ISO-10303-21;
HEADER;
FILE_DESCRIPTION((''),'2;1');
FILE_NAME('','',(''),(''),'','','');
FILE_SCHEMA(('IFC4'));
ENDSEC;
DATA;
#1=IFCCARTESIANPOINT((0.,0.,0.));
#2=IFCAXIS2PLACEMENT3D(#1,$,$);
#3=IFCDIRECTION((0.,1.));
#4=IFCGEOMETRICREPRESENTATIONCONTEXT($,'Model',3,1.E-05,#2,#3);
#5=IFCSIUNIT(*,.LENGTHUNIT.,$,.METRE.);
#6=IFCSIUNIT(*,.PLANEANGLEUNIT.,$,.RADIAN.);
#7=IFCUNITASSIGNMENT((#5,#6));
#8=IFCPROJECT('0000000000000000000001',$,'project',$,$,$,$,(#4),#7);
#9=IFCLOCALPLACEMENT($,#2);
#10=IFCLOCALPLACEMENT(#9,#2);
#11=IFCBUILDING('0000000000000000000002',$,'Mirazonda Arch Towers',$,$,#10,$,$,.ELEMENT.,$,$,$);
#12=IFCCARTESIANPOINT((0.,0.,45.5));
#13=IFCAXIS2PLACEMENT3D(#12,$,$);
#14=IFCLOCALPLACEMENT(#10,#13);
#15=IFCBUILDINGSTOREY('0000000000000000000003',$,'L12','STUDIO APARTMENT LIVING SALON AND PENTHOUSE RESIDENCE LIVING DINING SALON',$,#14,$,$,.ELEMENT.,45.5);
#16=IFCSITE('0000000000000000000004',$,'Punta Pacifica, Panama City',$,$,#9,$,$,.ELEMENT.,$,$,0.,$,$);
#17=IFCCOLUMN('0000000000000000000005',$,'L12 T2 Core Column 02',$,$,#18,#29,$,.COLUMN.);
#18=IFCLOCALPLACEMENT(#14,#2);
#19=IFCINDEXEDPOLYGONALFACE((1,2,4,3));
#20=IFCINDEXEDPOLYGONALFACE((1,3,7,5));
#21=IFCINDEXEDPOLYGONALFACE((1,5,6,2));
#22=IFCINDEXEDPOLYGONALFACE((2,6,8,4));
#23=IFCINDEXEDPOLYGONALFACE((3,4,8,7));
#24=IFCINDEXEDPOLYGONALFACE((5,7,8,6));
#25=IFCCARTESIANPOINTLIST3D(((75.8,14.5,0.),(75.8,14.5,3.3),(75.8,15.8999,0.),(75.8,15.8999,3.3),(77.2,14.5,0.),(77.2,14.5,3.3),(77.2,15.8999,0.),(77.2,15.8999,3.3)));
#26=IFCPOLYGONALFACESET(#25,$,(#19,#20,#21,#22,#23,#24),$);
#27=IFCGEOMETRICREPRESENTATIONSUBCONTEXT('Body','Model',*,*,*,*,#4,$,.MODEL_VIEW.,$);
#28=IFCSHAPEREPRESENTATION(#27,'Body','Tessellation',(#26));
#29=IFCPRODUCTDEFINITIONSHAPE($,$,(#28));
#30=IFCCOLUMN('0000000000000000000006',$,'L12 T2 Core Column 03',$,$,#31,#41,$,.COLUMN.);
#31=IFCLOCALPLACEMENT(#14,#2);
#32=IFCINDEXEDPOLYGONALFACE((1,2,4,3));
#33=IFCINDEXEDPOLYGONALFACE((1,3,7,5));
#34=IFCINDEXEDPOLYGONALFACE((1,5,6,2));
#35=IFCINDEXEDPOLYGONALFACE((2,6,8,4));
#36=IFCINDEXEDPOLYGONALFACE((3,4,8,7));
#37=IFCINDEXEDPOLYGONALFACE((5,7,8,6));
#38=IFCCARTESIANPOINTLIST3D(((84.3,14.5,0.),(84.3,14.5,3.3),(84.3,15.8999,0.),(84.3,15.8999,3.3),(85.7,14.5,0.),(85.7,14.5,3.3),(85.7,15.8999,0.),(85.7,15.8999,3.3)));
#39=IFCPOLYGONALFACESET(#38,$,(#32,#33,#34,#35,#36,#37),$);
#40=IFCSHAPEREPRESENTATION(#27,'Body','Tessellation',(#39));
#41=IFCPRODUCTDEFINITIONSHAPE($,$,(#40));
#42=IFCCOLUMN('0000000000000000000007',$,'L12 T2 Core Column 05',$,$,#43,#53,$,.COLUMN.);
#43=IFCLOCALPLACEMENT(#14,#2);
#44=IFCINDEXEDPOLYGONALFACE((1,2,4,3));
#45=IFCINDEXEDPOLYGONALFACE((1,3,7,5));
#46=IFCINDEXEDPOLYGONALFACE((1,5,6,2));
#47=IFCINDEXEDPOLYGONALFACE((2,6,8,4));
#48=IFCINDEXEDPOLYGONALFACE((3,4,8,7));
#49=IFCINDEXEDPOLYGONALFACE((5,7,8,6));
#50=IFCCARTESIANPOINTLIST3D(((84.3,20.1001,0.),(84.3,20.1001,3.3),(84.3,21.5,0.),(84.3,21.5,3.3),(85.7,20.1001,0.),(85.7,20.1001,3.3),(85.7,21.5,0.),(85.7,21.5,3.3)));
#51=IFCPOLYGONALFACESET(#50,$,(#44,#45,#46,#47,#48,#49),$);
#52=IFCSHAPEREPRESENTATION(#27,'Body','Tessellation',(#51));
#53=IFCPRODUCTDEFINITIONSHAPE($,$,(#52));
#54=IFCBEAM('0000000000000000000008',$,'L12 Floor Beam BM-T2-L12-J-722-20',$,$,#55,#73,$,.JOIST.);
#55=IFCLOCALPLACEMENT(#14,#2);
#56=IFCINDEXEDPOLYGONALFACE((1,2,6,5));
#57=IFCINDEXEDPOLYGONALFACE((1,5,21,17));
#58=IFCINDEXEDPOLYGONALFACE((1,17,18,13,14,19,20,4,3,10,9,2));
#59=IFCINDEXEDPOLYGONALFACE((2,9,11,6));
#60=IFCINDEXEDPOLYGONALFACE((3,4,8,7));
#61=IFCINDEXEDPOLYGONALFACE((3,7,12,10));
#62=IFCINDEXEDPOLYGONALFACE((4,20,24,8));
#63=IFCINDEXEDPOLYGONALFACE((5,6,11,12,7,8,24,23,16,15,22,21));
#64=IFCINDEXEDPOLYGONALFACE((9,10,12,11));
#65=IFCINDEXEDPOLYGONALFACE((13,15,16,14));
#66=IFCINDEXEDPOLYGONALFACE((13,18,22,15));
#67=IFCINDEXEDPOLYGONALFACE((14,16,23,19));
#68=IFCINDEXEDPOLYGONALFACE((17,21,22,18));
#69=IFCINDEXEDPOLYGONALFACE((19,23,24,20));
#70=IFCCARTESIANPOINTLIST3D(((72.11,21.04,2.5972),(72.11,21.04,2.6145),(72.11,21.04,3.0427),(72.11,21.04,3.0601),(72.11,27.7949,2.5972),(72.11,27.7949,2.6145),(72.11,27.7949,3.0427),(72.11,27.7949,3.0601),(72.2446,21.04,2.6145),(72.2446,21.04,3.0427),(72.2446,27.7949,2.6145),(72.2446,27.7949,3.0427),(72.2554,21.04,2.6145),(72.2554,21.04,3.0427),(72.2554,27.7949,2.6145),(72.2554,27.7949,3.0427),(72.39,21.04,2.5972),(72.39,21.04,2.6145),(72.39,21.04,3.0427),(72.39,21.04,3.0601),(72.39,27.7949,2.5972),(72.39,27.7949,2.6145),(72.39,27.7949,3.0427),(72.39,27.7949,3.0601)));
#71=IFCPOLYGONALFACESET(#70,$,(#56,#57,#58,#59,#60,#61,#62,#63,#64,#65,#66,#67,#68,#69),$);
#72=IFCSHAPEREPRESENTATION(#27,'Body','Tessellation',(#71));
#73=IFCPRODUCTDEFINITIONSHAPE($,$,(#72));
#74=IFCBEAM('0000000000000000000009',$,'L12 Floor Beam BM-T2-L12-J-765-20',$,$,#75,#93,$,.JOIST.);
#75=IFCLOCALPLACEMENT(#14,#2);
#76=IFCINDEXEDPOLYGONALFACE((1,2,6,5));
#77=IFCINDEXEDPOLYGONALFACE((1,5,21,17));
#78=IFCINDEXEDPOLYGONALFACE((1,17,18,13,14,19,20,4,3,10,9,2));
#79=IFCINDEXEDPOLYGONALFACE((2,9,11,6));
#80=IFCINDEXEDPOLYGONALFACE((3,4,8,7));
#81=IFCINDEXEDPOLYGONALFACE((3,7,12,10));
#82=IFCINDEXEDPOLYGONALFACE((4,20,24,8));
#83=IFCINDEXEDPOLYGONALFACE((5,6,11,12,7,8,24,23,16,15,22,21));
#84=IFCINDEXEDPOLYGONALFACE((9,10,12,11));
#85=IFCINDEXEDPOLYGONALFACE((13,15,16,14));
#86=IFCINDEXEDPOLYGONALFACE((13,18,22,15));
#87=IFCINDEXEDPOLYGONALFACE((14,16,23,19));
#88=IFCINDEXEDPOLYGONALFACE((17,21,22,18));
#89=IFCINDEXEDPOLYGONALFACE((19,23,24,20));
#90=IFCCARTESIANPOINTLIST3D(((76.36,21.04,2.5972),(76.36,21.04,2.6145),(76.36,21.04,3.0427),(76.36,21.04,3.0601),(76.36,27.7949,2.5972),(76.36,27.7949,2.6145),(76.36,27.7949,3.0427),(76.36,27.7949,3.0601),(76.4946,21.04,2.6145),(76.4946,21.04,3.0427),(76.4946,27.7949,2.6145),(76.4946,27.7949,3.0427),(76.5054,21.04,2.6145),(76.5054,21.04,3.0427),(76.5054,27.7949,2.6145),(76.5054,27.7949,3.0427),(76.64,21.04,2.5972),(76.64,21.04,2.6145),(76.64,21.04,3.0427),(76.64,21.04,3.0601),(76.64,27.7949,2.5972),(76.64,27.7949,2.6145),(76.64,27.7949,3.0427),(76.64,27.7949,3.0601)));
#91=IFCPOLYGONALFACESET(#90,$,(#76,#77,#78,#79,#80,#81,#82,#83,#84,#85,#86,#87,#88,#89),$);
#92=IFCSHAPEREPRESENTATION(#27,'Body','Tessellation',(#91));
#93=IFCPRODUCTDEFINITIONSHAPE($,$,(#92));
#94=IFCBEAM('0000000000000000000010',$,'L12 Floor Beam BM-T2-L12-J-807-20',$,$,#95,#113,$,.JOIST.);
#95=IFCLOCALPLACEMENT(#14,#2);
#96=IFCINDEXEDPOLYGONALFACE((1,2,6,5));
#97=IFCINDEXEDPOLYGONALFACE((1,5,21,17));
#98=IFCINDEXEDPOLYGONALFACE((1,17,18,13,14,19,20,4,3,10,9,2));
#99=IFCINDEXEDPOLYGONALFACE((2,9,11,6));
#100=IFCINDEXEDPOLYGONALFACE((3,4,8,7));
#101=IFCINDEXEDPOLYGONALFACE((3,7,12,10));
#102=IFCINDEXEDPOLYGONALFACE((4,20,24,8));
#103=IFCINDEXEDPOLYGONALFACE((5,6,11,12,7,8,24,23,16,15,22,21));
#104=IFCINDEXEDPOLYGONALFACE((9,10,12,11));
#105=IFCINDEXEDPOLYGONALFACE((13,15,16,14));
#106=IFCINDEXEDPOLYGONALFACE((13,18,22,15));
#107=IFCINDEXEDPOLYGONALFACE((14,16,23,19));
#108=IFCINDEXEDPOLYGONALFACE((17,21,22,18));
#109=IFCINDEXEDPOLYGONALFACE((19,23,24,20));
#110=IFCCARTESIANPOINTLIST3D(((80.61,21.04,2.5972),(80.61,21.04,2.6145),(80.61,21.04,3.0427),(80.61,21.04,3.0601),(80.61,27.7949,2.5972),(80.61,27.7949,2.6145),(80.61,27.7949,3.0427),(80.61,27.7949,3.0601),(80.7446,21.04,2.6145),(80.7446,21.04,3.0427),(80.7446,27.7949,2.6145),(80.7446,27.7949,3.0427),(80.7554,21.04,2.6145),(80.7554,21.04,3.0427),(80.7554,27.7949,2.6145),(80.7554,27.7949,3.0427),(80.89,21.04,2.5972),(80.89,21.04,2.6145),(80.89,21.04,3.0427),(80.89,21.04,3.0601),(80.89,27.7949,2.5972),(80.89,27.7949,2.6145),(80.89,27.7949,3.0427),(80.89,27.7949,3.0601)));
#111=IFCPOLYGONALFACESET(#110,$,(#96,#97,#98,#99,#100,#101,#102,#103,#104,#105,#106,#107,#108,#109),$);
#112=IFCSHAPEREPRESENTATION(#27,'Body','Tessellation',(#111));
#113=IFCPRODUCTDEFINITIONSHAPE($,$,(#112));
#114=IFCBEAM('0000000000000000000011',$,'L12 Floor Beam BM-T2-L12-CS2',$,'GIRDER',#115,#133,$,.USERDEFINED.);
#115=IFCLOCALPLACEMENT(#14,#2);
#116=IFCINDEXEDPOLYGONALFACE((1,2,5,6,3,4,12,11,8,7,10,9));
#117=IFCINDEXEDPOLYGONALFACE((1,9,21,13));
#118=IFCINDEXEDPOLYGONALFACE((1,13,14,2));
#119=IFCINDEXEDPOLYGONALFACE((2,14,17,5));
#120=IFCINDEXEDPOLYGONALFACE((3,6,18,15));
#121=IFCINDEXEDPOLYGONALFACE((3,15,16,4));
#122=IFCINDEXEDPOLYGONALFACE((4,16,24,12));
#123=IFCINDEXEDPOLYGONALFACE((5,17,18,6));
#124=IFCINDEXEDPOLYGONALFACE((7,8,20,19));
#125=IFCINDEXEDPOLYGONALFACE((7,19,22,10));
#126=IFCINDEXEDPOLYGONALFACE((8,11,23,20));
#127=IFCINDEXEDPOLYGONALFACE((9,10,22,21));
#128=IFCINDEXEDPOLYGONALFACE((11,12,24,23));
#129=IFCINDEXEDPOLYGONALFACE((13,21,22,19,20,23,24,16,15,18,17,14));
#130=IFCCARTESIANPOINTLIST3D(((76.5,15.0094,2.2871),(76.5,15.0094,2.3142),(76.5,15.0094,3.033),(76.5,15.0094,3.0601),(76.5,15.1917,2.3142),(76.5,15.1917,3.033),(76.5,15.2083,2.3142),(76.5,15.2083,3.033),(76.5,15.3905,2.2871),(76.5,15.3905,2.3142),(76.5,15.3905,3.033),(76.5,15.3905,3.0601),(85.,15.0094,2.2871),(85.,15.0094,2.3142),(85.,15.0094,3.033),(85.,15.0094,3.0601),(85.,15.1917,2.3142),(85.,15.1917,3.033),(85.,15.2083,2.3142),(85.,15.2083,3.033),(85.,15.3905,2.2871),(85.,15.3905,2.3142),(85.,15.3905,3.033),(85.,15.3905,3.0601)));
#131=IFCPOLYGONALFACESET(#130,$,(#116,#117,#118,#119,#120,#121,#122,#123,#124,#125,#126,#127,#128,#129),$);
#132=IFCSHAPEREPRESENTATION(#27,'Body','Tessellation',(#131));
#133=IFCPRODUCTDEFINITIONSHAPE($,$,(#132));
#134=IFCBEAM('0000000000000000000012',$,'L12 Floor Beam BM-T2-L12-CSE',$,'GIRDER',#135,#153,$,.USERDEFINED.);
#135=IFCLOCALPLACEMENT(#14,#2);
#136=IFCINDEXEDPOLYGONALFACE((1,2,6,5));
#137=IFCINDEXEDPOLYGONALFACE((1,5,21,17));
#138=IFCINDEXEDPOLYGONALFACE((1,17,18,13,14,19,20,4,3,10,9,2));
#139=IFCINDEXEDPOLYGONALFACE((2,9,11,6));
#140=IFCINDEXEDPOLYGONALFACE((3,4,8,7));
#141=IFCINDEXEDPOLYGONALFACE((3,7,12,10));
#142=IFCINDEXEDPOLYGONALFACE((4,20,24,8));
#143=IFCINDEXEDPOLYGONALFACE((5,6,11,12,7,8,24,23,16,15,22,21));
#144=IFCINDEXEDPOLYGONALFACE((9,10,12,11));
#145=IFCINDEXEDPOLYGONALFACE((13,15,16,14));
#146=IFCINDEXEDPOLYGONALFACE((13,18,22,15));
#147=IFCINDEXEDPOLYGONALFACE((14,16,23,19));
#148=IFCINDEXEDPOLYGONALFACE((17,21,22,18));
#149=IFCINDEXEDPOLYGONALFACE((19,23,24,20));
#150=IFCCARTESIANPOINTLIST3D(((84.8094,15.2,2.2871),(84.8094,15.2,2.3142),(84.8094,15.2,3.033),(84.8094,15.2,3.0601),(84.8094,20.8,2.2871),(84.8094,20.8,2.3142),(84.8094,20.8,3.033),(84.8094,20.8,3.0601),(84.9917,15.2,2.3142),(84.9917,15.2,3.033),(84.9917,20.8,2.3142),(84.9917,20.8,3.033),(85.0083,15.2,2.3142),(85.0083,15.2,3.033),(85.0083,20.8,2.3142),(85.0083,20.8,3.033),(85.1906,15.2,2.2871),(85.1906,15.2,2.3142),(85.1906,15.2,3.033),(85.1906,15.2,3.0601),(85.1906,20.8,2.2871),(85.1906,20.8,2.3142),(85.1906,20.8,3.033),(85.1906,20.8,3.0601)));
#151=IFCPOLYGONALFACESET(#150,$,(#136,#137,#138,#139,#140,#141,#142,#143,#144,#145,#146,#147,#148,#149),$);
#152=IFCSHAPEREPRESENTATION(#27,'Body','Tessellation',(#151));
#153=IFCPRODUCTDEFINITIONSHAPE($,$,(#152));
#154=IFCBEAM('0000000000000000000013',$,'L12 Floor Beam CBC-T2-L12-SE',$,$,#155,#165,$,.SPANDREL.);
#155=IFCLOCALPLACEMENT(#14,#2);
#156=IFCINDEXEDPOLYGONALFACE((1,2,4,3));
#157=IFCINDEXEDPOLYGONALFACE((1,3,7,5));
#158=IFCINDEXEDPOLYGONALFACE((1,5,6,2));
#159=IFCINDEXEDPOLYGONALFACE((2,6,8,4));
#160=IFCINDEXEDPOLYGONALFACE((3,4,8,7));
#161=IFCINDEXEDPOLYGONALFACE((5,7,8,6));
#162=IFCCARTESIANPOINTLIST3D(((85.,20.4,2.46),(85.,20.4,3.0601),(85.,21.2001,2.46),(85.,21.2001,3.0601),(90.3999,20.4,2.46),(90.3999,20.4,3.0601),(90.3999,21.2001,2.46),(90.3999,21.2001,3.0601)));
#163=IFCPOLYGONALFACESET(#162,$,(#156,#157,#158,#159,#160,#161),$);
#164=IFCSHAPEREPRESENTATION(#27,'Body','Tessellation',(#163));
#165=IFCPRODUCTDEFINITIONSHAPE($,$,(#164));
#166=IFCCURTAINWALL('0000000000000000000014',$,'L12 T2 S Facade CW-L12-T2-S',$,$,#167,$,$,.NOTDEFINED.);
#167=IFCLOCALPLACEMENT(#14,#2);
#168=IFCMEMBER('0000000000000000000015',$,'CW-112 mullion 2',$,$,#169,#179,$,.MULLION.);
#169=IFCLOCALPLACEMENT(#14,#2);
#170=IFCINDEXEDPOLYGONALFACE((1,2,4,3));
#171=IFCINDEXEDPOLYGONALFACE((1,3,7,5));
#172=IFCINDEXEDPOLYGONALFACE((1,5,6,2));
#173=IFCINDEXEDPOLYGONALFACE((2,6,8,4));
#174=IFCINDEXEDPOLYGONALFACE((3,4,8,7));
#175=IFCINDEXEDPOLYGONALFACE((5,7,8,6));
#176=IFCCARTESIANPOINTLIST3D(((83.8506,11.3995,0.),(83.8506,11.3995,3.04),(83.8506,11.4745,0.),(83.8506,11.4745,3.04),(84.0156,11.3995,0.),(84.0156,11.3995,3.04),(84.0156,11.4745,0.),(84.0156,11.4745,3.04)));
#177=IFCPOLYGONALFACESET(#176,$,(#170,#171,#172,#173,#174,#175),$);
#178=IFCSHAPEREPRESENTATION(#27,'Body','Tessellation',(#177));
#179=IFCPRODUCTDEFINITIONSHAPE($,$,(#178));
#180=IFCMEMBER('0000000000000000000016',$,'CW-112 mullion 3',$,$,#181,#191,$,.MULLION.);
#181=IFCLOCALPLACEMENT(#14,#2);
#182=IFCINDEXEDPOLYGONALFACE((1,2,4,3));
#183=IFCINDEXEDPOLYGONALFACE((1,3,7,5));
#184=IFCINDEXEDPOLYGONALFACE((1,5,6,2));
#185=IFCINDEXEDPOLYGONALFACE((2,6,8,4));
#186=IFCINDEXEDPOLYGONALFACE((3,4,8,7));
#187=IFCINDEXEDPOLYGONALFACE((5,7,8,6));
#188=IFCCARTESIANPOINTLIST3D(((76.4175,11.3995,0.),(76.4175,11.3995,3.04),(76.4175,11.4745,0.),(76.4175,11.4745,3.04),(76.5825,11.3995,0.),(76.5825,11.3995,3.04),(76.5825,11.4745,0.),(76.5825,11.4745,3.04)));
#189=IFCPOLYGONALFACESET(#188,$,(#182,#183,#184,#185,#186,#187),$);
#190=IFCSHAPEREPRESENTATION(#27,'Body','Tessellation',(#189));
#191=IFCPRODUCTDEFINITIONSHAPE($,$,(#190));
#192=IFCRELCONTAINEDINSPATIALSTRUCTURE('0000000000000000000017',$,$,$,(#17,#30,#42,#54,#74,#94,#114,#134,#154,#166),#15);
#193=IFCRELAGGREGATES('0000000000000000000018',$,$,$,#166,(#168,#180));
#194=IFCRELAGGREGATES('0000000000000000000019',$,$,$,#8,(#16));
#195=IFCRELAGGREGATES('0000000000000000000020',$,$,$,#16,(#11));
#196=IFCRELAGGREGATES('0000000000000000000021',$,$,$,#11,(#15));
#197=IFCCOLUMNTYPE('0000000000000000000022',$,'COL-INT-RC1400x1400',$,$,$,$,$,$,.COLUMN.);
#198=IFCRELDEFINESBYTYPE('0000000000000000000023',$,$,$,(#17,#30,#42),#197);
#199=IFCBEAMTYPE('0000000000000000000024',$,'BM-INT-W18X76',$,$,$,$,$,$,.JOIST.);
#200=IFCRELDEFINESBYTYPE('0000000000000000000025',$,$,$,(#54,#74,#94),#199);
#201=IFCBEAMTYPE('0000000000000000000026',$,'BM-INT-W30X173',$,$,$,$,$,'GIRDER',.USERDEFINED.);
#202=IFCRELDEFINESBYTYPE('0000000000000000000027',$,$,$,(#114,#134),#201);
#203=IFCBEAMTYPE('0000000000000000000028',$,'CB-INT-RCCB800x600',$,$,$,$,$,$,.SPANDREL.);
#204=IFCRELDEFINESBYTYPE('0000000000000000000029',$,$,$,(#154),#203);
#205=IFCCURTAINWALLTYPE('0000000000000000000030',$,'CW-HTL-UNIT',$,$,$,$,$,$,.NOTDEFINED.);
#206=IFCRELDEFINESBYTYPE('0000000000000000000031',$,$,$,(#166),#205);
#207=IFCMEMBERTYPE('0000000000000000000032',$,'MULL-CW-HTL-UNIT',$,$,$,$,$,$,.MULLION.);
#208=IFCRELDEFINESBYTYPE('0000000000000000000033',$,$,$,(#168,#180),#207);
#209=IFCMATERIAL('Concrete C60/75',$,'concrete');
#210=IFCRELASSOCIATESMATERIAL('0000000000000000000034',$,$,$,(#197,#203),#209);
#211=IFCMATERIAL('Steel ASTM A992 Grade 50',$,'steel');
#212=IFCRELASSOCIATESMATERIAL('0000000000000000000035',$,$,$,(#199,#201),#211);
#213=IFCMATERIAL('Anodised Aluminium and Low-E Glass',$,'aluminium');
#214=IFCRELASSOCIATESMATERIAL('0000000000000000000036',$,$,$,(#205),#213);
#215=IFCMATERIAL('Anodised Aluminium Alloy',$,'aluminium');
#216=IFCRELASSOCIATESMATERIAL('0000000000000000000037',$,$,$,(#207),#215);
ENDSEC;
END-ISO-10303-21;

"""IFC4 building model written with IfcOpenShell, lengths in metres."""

from ifc_helpers import new_model, si_unit, direction, frame, origin, origin_2d, place, context, subcontext, project, spatial, rectangle, i_section, extrude, material, material_profile, profile_set, type_object, element, aggregate, save


model = new_model("IFC4")

# Units and contexts
model_context = context("Model", 3, precision=1e-05, world=origin(), true_north=direction((0.0, 1.0)))
body_context = subcontext(model_context, "Body", "Model", "MODEL_VIEW")
ifc_project = project(units=[si_unit("LENGTHUNIT", "METRE"), si_unit("PLANEANGLEUNIT", "RADIAN")], contexts=[model_context])

# Site, building, storey
site_placement = place(None, origin())
site = spatial("IfcSite", under=ifc_project, at=site_placement, Name="Punta Pacifica, Panama City", CompositionType="ELEMENT", RefElevation=0.0)
building_placement = place(site_placement, origin())
building = spatial("IfcBuilding", under=site, at=building_placement, Name="Mirazonda Arch Towers", CompositionType="ELEMENT")
storey_placement = place(building_placement, frame((0.0, 0.0, 45.5)))
storey = spatial("IfcBuildingStorey", under=building, at=storey_placement, Name="L12", Description="STUDIO APARTMENT LIVING SALON AND PENTHOUSE RESIDENCE LIVING DINING SALON", CompositionType="ELEMENT", Elevation=45.5)

# Columns
ifc_material_1 = material(Name="Concrete C60/75", Category="concrete")
ifc_material_profile_1 = material_profile(ifc_material_1, rectangle(XDim=1.3999, YDim=1.3999, at=origin_2d()), Name="RC1400x1400")
ifc_profile_set_1 = profile_set([ifc_material_profile_1], Name="Concrete C60/75")
column_type = type_object("IfcColumnType", Name="COL-INT-RC1400x1400", PredefinedType="COLUMN", material=ifc_profile_set_1)
for number, where, z_axis, x_axis, name in (
    (1, (76.5, 15.2, 0.0), (0.0, 0.0, 1.0), (1.0, 0.0, 0.0), "L12 T2 Core Column 02"),
    (2, (85.0, 15.2, 0.0), (0.0, 0.0, 1.0), (1.0, 0.0, 0.0), "L12 T2 Core Column 03"),
    (3, (85.0, 20.8, 0.0), (0.0, 0.0, 1.0), (1.0, 0.0, 0.0), "L12 T2 Core Column 05"),
):
    element("IfcColumn", number, at=place(storey_placement, frame(where, z_axis=z_axis, x_axis=x_axis)), inside=storey, type_object=column_type, Name=name, PredefinedType="COLUMN", context=body_context, shape_type="SweptSolid", body=[
        extrude(rectangle(XDim=1.3999, YDim=1.3999, at=origin_2d()), origin(), (0.0, 0.0, 1.0), 3.3),
    ])

# Beams
ifc_material_2 = material(Name="Steel ASTM A992 Grade 50", Category="steel")
ifc_material_profile_2 = material_profile(ifc_material_2, i_section(OverallWidth=0.28, OverallDepth=0.4629, WebThickness=0.0107, FlangeThickness=0.0173, at=origin_2d()), Name="W18X76")
ifc_profile_set_2 = profile_set([ifc_material_profile_2], Name="Steel ASTM A992 Grade 50")
beam_type_1 = type_object("IfcBeamType", Name="BM-INT-W18X76", PredefinedType="JOIST", material=ifc_profile_set_2)
for number, where, z_axis, x_axis, name in (
    (4, (72.25, 21.04, 2.8286), (0.0, 1.0, 0.0), (-1.0, 0.0, 0.0), "L12 Floor Beam BM-T2-L12-J-722-20"),
    (5, (76.5, 21.04, 2.8286), (0.0, 1.0, 0.0), (-1.0, 0.0, 0.0), "L12 Floor Beam BM-T2-L12-J-765-20"),
    (6, (80.75, 21.04, 2.8286), (0.0, 1.0, 0.0), (-1.0, 0.0, 0.0), "L12 Floor Beam BM-T2-L12-J-807-20"),
):
    element("IfcBeam", number, at=place(storey_placement, frame(where, z_axis=z_axis, x_axis=x_axis)), inside=storey, type_object=beam_type_1, Name=name, PredefinedType="JOIST", context=body_context, shape_type="SweptSolid", body=[
        extrude(i_section(OverallWidth=0.28, OverallDepth=0.4629, WebThickness=0.0107, FlangeThickness=0.0173, at=origin_2d()), origin(), (0.0, 0.0, 1.0), 6.7549),
    ])
ifc_material_profile_3 = material_profile(ifc_material_2, i_section(OverallWidth=0.3811, OverallDepth=0.7729, WebThickness=0.0166, FlangeThickness=0.0271, at=origin_2d()), Name="W30X173")
ifc_profile_set_3 = profile_set([ifc_material_profile_3], Name="Steel ASTM A992 Grade 50")
beam_type_2 = type_object("IfcBeamType", Name="BM-INT-W30X173", ElementType="GIRDER", PredefinedType="USERDEFINED", material=ifc_profile_set_3)
beam_1_placement = place(storey_placement, frame((76.5, 15.2, 2.6736), z_axis=(1.0, 0.0, 0.0), x_axis=(0.0, 1.0, 0.0)))
element("IfcBeam", 7, at=beam_1_placement, inside=storey, type_object=beam_type_2, Name="L12 Floor Beam BM-T2-L12-CS2", ObjectType="GIRDER", PredefinedType="USERDEFINED", context=body_context, shape_type="SweptSolid", body=[
    extrude(i_section(OverallWidth=0.3811, OverallDepth=0.7729, WebThickness=0.0166, FlangeThickness=0.0271, at=origin_2d()), origin(), (0.0, 0.0, 1.0), 8.5),
])
beam_2_placement = place(storey_placement, frame((85.0, 15.2, 2.6736), z_axis=(0.0, 1.0, 0.0), x_axis=(-1.0, 0.0, 0.0)))
element("IfcBeam", 8, at=beam_2_placement, inside=storey, type_object=beam_type_2, Name="L12 Floor Beam BM-T2-L12-CSE", ObjectType="GIRDER", PredefinedType="USERDEFINED", context=body_context, shape_type="SweptSolid", body=[
    extrude(i_section(OverallWidth=0.3811, OverallDepth=0.7729, WebThickness=0.0166, FlangeThickness=0.0271, at=origin_2d()), origin(), (0.0, 0.0, 1.0), 5.6001),
])
ifc_material_profile_4 = material_profile(ifc_material_1, rectangle(XDim=0.8, YDim=0.6001, at=origin_2d()), Name="RCCB800x600")
ifc_profile_set_4 = profile_set([ifc_material_profile_4], Name="Concrete C60/75")
beam_type_3 = type_object("IfcBeamType", Name="CB-INT-RCCB800x600", PredefinedType="SPANDREL", material=ifc_profile_set_4)
beam_3_placement = place(storey_placement, frame((85.0, 20.8, 2.76), z_axis=(1.0, 0.0, 0.0), x_axis=(0.0, 1.0, 0.0)))
element("IfcBeam", 9, at=beam_3_placement, inside=storey, type_object=beam_type_3, Name="L12 Floor Beam CBC-T2-L12-SE", PredefinedType="SPANDREL", context=body_context, shape_type="SweptSolid", body=[
    extrude(rectangle(XDim=0.8, YDim=0.6001, at=origin_2d()), origin(), (0.0, 0.0, 1.0), 5.3999),
])

# Curtain wall, members
ifc_material_3 = material(Name="Anodised Aluminium and Low-E Glass", Category="aluminium")
curtain_wall_type = type_object("IfcCurtainWallType", Name="CW-HTL-UNIT", PredefinedType="NOTDEFINED", material=ifc_material_3)
curtain_wall_placement = place(storey_placement, origin())
curtain_wall = element("IfcCurtainWall", 10, at=curtain_wall_placement, inside=storey, type_object=curtain_wall_type, Name="L12 T2 S Facade CW-L12-T2-S", PredefinedType="NOTDEFINED")
ifc_material_4 = material(Name="Anodised Aluminium Alloy", Category="aluminium")
ifc_material_profile_5 = material_profile(ifc_material_4, rectangle(XDim=0.075, YDim=0.165, at=origin_2d()), Name="ALU-MULL-75x165")
ifc_profile_set_5 = profile_set([ifc_material_profile_5], Name="Anodised Aluminium Alloy")
member_type_1 = type_object("IfcMemberType", Name="MULL-CW-HTL-UNIT", PredefinedType="MULLION", material=ifc_profile_set_5)
member_1_placement = place(storey_placement, frame((83.9331, 11.437, 0.0), z_axis=(0.0, 0.0, 1.0), x_axis=(0.0, -1.0, 0.0)))
member_1 = element("IfcMember", 11, at=member_1_placement, type_object=member_type_1, Name="CW-112 mullion 2", PredefinedType="MULLION", context=body_context, shape_type="SweptSolid", body=[
    extrude(rectangle(XDim=0.075, YDim=0.165, at=origin_2d()), origin(), (0.0, 0.0, 1.0), 3.04),
])
member_2_placement = place(storey_placement, frame((76.5, 11.437, 0.0), z_axis=(0.0, 0.0, 1.0), x_axis=(0.0, -1.0, 0.0)))
member_2 = element("IfcMember", 12, at=member_2_placement, type_object=member_type_1, Name="CW-112 mullion 3", PredefinedType="MULLION", context=body_context, shape_type="SweptSolid", body=[
    extrude(rectangle(XDim=0.075, YDim=0.165, at=origin_2d()), origin(), (0.0, 0.0, 1.0), 3.04),
])
aggregate(curtain_wall, [member_1, member_2])

save(model, "model.ifc")
